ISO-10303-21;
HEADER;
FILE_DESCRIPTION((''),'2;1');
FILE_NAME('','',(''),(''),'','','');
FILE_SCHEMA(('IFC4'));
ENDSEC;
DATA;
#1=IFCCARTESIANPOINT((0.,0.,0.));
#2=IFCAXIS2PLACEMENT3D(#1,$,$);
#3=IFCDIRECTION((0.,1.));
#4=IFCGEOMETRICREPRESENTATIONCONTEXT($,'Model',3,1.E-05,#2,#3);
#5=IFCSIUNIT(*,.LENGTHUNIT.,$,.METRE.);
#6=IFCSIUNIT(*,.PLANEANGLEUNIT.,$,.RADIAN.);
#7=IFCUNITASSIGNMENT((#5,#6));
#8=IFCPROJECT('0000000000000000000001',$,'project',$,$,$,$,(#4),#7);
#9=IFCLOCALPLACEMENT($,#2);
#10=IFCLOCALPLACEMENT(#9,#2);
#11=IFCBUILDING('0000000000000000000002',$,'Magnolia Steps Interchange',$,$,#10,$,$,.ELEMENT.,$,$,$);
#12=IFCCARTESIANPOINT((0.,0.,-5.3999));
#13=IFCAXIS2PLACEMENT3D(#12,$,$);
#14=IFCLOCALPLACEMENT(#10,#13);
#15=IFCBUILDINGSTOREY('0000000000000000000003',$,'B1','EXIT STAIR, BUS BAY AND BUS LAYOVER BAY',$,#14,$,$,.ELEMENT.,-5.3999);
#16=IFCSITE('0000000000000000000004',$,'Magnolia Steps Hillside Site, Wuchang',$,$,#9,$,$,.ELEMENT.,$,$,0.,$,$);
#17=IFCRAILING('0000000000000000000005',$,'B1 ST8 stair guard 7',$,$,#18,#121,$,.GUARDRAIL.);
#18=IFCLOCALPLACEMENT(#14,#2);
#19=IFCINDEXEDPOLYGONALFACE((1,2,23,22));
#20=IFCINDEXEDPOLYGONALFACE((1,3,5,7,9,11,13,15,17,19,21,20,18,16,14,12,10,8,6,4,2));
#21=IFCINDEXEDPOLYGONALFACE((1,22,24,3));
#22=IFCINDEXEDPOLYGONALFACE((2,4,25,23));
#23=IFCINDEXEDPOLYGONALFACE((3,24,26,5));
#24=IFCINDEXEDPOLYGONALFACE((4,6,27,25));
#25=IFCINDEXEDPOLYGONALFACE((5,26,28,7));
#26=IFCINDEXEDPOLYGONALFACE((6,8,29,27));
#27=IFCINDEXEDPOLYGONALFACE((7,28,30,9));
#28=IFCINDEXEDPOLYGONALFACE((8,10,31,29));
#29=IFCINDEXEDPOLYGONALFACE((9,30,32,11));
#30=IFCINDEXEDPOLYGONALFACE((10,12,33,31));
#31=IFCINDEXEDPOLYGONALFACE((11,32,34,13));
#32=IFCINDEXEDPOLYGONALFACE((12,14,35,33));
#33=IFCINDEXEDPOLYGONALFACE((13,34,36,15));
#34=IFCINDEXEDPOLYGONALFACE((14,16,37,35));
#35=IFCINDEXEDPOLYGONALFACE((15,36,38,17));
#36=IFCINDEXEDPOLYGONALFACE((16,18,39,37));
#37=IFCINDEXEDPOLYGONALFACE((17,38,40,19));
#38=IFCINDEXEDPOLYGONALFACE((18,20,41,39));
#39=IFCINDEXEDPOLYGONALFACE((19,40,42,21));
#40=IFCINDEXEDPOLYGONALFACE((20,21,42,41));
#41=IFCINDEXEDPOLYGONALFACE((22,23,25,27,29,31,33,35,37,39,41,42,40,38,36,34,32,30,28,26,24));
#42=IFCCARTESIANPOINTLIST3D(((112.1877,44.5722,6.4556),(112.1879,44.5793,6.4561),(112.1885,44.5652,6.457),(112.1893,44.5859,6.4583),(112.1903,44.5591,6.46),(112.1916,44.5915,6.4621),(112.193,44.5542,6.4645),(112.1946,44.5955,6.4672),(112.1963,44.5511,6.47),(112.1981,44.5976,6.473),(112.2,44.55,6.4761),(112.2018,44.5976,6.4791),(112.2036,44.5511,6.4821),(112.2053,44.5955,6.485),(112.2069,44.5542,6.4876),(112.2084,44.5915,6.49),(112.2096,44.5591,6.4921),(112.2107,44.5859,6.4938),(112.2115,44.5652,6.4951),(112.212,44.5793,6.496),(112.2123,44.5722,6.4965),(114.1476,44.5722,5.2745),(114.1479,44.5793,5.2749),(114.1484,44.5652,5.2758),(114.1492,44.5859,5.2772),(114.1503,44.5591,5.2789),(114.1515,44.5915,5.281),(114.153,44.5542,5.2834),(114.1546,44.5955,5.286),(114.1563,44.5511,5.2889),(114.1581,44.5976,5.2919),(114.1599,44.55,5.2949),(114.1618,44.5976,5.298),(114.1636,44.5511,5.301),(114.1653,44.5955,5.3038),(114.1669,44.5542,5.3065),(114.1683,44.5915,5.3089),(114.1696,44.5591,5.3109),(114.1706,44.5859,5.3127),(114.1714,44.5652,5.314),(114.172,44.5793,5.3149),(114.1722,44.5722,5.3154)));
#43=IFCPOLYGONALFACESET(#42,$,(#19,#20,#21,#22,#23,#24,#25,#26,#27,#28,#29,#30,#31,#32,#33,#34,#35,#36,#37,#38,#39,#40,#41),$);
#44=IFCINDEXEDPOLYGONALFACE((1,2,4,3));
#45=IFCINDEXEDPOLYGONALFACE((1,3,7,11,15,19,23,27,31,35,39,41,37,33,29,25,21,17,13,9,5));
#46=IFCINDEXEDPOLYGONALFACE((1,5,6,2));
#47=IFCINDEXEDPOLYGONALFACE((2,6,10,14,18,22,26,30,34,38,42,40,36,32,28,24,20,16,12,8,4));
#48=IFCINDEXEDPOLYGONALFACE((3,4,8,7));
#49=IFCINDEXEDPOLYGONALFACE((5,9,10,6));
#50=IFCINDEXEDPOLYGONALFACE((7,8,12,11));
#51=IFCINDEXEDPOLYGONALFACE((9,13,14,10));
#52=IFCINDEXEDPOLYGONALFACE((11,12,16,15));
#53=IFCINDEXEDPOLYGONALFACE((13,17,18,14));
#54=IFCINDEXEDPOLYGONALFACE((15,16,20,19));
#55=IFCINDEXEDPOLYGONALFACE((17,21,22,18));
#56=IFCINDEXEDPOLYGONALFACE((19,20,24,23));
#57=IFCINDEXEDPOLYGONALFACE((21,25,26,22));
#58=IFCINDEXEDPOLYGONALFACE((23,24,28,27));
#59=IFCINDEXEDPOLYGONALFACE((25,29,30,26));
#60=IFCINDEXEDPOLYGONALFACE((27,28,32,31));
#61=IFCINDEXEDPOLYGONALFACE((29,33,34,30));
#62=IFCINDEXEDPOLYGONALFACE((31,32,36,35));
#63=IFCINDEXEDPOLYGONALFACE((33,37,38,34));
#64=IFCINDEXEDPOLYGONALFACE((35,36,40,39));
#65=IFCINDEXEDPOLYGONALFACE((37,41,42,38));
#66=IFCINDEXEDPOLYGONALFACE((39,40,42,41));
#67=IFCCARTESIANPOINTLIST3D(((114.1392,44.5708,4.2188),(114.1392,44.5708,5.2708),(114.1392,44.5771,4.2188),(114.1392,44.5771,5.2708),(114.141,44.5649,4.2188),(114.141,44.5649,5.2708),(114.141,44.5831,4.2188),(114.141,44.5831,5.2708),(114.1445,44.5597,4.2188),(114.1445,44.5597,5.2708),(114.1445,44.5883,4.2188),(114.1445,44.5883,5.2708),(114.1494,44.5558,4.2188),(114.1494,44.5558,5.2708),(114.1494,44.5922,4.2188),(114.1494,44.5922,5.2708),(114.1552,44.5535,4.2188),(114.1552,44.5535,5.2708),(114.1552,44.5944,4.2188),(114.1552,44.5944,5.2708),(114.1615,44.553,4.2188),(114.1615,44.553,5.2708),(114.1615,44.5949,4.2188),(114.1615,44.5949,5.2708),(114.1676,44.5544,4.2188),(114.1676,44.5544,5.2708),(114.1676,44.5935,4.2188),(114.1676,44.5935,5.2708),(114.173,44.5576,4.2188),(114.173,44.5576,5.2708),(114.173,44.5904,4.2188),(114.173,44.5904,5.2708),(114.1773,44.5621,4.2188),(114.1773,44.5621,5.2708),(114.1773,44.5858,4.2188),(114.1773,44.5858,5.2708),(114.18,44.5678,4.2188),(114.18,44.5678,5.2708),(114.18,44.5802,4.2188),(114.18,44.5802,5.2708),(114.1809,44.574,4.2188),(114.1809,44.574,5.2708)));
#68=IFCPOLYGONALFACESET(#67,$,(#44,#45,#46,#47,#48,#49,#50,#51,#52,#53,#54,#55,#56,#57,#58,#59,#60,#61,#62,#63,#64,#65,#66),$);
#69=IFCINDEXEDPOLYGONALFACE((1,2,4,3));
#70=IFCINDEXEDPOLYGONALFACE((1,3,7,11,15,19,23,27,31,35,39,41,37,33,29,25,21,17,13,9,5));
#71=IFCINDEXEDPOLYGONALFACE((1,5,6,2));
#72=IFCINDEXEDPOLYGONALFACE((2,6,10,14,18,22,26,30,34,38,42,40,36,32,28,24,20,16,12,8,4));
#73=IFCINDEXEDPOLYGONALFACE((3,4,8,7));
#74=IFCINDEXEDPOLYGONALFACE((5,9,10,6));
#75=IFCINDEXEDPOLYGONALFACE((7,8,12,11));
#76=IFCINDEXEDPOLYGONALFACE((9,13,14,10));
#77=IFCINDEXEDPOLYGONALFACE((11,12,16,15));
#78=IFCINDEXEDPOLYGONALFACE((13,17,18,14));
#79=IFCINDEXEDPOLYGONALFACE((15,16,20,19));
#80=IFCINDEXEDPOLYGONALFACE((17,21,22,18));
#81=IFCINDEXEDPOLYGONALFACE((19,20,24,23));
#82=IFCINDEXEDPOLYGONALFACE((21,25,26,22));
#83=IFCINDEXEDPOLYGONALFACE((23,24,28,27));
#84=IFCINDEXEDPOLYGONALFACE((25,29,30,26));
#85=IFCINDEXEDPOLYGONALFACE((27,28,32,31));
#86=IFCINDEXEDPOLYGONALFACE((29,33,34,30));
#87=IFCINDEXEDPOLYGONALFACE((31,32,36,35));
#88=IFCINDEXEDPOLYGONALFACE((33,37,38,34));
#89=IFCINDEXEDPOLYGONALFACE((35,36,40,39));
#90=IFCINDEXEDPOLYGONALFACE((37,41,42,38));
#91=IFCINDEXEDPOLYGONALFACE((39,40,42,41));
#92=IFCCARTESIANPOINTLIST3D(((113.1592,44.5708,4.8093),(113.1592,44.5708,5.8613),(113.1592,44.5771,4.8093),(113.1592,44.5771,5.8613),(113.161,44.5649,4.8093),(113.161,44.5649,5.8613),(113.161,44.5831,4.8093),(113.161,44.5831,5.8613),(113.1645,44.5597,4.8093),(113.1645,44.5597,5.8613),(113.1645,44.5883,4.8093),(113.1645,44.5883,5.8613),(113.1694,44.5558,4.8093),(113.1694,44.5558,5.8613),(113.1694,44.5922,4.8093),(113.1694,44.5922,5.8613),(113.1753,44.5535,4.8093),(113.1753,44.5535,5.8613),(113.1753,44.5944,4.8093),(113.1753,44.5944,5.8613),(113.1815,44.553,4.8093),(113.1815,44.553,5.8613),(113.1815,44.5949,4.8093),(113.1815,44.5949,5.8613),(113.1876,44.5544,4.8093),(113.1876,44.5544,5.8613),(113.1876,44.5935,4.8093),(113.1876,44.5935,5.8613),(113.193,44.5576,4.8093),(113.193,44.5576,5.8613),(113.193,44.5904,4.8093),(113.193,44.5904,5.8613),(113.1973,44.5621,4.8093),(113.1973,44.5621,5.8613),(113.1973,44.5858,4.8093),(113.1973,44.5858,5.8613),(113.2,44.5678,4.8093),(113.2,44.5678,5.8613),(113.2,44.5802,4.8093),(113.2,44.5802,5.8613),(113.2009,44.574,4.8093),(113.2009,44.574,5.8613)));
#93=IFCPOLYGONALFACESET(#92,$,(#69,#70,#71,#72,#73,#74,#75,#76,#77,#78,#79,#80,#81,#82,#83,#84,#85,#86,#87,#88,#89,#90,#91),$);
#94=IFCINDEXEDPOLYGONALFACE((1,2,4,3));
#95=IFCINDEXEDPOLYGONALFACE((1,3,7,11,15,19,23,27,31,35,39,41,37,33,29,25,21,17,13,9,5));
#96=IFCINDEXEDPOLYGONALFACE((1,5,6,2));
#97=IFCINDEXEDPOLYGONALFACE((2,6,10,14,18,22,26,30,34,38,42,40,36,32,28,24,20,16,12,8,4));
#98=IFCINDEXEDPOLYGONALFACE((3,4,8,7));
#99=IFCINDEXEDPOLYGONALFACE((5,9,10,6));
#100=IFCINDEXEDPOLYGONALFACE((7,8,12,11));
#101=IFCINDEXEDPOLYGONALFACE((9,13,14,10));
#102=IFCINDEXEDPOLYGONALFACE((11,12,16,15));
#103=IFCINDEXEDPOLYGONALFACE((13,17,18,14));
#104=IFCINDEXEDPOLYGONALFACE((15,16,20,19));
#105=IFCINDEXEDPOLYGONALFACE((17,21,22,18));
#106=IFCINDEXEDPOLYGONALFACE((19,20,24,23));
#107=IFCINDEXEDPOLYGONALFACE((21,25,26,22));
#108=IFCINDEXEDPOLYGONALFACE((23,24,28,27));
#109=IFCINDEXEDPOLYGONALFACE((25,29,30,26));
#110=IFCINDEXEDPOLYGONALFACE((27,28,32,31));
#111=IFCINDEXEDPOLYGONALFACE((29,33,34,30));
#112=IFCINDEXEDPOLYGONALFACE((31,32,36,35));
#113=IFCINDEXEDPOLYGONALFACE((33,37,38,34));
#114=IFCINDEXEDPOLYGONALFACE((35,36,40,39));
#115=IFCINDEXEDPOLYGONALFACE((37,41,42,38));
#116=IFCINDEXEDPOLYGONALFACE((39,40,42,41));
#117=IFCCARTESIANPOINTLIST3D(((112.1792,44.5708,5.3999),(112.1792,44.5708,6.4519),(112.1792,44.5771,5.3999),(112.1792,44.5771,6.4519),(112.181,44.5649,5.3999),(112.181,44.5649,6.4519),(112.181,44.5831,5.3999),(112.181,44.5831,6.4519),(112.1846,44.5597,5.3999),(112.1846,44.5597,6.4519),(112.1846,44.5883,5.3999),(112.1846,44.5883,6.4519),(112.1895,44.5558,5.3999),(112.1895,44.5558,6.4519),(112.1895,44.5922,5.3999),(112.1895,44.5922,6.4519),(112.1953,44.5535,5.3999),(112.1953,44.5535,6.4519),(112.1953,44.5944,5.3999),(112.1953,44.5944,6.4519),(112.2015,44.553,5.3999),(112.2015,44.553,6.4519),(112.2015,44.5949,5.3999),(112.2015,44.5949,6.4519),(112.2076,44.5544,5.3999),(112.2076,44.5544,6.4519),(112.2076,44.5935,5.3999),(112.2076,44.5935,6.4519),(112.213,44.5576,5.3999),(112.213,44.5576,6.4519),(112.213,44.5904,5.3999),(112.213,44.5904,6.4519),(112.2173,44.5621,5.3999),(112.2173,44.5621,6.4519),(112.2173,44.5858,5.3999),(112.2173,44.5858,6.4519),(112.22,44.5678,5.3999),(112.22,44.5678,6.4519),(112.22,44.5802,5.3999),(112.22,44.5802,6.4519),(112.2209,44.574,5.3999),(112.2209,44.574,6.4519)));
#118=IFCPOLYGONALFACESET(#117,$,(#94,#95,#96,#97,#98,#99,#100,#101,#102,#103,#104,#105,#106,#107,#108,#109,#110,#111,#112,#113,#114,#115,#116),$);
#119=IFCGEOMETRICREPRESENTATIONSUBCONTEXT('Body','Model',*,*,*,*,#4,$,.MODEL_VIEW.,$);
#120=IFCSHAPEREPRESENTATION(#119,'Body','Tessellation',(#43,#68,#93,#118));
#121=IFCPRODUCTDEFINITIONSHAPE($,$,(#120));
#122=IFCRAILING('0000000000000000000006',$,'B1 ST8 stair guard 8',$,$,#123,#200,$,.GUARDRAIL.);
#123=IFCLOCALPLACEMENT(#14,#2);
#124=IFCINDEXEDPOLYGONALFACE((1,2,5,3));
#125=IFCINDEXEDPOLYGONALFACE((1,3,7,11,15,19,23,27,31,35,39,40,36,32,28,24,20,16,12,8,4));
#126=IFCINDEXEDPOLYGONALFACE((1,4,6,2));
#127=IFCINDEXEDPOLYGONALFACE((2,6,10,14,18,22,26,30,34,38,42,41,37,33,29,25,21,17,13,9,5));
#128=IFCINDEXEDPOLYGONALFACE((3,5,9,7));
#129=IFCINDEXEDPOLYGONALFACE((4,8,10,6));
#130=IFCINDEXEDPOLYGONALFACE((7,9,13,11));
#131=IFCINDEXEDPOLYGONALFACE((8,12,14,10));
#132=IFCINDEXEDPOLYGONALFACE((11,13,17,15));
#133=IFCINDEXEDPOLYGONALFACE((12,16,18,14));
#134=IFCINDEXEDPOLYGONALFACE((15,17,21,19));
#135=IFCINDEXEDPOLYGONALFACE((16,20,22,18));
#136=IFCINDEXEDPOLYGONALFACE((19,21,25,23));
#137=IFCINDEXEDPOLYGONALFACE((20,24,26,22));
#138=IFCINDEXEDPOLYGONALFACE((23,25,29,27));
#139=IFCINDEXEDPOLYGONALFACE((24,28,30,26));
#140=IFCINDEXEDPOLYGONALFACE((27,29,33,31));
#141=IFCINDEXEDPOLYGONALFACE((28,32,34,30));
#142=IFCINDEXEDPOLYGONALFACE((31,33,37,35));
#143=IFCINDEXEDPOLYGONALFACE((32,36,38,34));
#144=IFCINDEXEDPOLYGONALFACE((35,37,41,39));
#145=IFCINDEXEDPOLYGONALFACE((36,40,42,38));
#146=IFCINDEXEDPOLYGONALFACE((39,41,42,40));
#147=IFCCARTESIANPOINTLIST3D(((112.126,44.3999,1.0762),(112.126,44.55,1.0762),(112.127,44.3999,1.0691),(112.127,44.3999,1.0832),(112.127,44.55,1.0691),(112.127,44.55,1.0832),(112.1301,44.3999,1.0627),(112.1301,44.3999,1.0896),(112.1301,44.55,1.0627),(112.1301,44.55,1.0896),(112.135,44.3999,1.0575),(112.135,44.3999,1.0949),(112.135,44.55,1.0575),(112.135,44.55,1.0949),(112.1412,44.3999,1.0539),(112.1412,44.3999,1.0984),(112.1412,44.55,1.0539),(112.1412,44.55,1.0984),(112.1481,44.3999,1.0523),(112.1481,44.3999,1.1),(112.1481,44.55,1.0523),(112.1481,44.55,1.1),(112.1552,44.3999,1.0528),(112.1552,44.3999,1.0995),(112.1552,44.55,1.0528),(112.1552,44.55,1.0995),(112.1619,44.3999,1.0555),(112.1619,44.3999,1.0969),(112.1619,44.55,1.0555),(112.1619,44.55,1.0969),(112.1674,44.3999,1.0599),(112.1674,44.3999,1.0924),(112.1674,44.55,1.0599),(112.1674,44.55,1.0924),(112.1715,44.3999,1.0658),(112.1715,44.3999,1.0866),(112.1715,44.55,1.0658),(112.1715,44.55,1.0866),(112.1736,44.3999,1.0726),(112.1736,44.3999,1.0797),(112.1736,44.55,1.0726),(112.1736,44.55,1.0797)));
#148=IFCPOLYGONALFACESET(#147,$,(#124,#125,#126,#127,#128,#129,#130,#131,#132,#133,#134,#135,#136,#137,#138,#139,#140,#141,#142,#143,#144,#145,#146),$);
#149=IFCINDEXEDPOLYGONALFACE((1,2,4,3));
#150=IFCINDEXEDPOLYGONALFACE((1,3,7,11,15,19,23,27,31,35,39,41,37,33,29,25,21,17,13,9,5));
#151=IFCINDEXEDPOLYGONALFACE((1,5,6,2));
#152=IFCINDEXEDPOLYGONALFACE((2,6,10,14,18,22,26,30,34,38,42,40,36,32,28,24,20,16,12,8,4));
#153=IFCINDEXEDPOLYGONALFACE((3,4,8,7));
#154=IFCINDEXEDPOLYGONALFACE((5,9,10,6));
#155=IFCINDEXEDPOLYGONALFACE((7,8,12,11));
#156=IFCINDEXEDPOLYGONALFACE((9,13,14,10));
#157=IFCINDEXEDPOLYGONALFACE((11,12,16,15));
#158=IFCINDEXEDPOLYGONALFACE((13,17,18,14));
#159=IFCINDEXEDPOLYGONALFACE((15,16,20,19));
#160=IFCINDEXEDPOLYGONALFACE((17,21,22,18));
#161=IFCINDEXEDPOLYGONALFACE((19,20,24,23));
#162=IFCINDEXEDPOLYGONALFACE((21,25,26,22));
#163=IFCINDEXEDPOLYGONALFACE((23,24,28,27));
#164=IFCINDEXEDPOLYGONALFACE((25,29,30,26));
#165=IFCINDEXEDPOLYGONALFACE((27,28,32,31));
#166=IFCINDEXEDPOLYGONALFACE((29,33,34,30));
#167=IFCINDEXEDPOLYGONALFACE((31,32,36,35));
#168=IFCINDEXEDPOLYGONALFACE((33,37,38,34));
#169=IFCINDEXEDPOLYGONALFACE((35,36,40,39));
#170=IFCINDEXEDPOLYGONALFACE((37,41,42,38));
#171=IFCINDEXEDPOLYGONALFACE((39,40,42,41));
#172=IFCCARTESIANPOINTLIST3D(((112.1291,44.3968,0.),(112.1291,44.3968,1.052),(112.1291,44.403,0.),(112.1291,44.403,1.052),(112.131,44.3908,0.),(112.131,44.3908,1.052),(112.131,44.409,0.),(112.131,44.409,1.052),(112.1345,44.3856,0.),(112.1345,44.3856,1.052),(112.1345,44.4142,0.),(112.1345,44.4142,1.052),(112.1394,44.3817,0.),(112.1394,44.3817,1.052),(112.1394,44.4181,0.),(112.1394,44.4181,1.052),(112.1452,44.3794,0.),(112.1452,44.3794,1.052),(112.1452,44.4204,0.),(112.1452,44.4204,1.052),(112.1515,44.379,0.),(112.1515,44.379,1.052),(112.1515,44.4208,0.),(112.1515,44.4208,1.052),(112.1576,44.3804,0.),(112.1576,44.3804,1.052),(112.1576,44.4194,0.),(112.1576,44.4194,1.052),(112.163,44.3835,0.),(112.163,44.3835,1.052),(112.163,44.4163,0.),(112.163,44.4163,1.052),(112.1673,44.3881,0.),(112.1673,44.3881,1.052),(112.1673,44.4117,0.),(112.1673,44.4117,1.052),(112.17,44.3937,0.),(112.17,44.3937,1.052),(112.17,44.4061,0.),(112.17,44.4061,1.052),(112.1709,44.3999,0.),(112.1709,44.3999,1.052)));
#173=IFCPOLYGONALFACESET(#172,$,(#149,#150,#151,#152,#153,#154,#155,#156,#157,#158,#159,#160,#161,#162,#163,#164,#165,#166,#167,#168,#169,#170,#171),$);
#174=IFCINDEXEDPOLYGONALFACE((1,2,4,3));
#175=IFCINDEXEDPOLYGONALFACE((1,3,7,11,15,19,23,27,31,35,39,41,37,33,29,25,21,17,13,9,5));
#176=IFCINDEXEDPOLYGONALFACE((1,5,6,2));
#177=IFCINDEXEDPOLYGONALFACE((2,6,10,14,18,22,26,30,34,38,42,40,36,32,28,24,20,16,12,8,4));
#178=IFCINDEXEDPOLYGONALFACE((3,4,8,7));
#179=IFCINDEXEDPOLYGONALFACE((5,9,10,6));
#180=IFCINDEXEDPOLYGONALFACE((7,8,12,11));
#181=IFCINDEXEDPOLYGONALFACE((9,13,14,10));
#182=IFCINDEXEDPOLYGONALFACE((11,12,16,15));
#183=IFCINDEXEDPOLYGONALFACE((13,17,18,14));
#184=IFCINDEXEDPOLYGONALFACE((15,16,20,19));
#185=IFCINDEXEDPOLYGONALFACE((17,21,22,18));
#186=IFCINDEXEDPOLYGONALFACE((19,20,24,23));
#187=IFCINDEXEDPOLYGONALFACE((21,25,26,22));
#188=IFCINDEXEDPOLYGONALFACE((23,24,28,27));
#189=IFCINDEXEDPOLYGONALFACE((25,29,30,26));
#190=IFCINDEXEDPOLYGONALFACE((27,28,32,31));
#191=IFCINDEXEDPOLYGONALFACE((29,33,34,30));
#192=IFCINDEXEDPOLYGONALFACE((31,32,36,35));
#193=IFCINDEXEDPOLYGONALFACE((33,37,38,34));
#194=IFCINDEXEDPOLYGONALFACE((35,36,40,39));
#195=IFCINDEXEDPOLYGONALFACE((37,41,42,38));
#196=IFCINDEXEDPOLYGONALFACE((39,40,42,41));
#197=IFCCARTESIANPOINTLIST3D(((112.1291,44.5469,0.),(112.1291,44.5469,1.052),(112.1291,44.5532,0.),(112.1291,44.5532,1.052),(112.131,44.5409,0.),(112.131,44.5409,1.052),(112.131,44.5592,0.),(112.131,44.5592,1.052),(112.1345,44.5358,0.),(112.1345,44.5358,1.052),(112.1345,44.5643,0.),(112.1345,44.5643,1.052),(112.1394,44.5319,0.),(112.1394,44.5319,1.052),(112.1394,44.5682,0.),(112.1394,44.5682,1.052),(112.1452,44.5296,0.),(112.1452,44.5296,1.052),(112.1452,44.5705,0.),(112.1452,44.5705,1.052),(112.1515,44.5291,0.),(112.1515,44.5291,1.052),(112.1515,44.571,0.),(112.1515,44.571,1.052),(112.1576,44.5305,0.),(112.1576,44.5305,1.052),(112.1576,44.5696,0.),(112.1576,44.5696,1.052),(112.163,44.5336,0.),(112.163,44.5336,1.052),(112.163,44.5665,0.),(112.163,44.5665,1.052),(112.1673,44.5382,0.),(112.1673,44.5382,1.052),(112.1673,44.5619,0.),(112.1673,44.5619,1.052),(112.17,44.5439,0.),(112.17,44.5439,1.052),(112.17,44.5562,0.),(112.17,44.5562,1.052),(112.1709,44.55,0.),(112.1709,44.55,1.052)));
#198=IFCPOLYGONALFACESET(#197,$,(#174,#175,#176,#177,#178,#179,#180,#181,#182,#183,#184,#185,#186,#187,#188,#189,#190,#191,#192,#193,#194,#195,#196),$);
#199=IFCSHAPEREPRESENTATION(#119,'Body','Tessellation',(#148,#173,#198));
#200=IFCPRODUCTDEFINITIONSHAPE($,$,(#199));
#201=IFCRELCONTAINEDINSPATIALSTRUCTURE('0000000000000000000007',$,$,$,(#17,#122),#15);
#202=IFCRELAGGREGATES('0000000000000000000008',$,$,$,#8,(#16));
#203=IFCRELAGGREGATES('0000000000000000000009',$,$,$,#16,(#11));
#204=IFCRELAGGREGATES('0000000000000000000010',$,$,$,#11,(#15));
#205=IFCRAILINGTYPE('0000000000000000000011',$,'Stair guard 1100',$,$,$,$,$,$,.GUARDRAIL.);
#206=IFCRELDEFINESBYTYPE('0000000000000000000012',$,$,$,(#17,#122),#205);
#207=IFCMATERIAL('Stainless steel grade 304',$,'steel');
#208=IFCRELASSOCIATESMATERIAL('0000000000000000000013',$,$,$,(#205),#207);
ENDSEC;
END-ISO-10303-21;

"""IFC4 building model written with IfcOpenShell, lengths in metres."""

from ifc_helpers import new_model, si_unit, direction, frame, origin, origin_2d, place, context, subcontext, project, spatial, circle, extrude, material, type_object, element, save


model = new_model("IFC4")

# Units and contexts
model_context = context("Model", 3, precision=1e-05, world=origin(), true_north=direction((0.0, 1.0)))
body_context = subcontext(model_context, "Body", "Model", "MODEL_VIEW")
ifc_project = project(units=[si_unit("LENGTHUNIT", "METRE"), si_unit("PLANEANGLEUNIT", "RADIAN")], contexts=[model_context])

# Site, building, storey
site_placement = place(None, origin())
site = spatial("IfcSite", under=ifc_project, at=site_placement, Name="Magnolia Steps Hillside Site, Wuchang", CompositionType="ELEMENT", RefElevation=0.0)
building_placement = place(site_placement, origin())
building = spatial("IfcBuilding", under=site, at=building_placement, Name="Magnolia Steps Interchange", CompositionType="ELEMENT")
storey_placement = place(building_placement, frame((0.0, 0.0, -5.3999)))
storey = spatial("IfcBuildingStorey", under=building, at=storey_placement, Name="B1", Description="EXIT STAIR, BUS BAY AND BUS LAYOVER BAY", CompositionType="ELEMENT", Elevation=-5.3999)

# Railings
ifc_material_1 = material(Name="Stainless steel grade 304", Category="steel")
railing_type_1 = type_object("IfcRailingType", Name="Stair guard 1100", PredefinedType="GUARDRAIL", material=ifc_material_1)
railing_1_placement = place(storey_placement, frame((114.1599, 44.574, 4.2188)))
element("IfcRailing", 1, at=railing_1_placement, inside=storey, type_object=railing_type_1, Name="B1 ST8 stair guard 7", PredefinedType="GUARDRAIL", context=body_context, shape_type="SweptSolid", body=[
    extrude(circle(Radius=0.0239, at=origin_2d()), frame((0.0, 0.0, 1.0762), z_axis=(-0.856493, 0.0, 0.516158), x_axis=(0.0, -1.0, 0.0)), (0.0, 0.0, 1.0), 2.2883),
    extrude(circle(Radius=0.021, at=origin_2d()), origin(), (0.0, 0.0, 1.0), 1.052),
    extrude(circle(Radius=0.021, at=origin_2d()), frame((-0.98, 0.0, 0.5906)), (0.0, 0.0, 1.0), 1.052),
    extrude(circle(Radius=0.021, at=origin_2d()), frame((-1.96, 0.0, 1.1812)), (0.0, 0.0, 1.0), 1.052),
])
railing_2_placement = place(storey_placement, frame((112.1499, 44.3999, 0.0)))
element("IfcRailing", 2, at=railing_2_placement, inside=storey, type_object=railing_type_1, Name="B1 ST8 stair guard 8", PredefinedType="GUARDRAIL", context=body_context, shape_type="SweptSolid", body=[
    extrude(circle(Radius=0.0239, at=origin_2d()), frame((0.0, 0.0, 1.0762), z_axis=(0.0, 1.0, 0.0), x_axis=(-1.0, 0.0, 0.0)), (0.0, 0.0, 1.0), 0.1501),
    extrude(circle(Radius=0.021, at=origin_2d()), origin(), (0.0, 0.0, 1.0), 1.052),
    extrude(circle(Radius=0.021, at=origin_2d()), frame((0.0, 0.1501, 0.0)), (0.0, 0.0, 1.0), 1.052),
])

save(model, "model.ifc")
